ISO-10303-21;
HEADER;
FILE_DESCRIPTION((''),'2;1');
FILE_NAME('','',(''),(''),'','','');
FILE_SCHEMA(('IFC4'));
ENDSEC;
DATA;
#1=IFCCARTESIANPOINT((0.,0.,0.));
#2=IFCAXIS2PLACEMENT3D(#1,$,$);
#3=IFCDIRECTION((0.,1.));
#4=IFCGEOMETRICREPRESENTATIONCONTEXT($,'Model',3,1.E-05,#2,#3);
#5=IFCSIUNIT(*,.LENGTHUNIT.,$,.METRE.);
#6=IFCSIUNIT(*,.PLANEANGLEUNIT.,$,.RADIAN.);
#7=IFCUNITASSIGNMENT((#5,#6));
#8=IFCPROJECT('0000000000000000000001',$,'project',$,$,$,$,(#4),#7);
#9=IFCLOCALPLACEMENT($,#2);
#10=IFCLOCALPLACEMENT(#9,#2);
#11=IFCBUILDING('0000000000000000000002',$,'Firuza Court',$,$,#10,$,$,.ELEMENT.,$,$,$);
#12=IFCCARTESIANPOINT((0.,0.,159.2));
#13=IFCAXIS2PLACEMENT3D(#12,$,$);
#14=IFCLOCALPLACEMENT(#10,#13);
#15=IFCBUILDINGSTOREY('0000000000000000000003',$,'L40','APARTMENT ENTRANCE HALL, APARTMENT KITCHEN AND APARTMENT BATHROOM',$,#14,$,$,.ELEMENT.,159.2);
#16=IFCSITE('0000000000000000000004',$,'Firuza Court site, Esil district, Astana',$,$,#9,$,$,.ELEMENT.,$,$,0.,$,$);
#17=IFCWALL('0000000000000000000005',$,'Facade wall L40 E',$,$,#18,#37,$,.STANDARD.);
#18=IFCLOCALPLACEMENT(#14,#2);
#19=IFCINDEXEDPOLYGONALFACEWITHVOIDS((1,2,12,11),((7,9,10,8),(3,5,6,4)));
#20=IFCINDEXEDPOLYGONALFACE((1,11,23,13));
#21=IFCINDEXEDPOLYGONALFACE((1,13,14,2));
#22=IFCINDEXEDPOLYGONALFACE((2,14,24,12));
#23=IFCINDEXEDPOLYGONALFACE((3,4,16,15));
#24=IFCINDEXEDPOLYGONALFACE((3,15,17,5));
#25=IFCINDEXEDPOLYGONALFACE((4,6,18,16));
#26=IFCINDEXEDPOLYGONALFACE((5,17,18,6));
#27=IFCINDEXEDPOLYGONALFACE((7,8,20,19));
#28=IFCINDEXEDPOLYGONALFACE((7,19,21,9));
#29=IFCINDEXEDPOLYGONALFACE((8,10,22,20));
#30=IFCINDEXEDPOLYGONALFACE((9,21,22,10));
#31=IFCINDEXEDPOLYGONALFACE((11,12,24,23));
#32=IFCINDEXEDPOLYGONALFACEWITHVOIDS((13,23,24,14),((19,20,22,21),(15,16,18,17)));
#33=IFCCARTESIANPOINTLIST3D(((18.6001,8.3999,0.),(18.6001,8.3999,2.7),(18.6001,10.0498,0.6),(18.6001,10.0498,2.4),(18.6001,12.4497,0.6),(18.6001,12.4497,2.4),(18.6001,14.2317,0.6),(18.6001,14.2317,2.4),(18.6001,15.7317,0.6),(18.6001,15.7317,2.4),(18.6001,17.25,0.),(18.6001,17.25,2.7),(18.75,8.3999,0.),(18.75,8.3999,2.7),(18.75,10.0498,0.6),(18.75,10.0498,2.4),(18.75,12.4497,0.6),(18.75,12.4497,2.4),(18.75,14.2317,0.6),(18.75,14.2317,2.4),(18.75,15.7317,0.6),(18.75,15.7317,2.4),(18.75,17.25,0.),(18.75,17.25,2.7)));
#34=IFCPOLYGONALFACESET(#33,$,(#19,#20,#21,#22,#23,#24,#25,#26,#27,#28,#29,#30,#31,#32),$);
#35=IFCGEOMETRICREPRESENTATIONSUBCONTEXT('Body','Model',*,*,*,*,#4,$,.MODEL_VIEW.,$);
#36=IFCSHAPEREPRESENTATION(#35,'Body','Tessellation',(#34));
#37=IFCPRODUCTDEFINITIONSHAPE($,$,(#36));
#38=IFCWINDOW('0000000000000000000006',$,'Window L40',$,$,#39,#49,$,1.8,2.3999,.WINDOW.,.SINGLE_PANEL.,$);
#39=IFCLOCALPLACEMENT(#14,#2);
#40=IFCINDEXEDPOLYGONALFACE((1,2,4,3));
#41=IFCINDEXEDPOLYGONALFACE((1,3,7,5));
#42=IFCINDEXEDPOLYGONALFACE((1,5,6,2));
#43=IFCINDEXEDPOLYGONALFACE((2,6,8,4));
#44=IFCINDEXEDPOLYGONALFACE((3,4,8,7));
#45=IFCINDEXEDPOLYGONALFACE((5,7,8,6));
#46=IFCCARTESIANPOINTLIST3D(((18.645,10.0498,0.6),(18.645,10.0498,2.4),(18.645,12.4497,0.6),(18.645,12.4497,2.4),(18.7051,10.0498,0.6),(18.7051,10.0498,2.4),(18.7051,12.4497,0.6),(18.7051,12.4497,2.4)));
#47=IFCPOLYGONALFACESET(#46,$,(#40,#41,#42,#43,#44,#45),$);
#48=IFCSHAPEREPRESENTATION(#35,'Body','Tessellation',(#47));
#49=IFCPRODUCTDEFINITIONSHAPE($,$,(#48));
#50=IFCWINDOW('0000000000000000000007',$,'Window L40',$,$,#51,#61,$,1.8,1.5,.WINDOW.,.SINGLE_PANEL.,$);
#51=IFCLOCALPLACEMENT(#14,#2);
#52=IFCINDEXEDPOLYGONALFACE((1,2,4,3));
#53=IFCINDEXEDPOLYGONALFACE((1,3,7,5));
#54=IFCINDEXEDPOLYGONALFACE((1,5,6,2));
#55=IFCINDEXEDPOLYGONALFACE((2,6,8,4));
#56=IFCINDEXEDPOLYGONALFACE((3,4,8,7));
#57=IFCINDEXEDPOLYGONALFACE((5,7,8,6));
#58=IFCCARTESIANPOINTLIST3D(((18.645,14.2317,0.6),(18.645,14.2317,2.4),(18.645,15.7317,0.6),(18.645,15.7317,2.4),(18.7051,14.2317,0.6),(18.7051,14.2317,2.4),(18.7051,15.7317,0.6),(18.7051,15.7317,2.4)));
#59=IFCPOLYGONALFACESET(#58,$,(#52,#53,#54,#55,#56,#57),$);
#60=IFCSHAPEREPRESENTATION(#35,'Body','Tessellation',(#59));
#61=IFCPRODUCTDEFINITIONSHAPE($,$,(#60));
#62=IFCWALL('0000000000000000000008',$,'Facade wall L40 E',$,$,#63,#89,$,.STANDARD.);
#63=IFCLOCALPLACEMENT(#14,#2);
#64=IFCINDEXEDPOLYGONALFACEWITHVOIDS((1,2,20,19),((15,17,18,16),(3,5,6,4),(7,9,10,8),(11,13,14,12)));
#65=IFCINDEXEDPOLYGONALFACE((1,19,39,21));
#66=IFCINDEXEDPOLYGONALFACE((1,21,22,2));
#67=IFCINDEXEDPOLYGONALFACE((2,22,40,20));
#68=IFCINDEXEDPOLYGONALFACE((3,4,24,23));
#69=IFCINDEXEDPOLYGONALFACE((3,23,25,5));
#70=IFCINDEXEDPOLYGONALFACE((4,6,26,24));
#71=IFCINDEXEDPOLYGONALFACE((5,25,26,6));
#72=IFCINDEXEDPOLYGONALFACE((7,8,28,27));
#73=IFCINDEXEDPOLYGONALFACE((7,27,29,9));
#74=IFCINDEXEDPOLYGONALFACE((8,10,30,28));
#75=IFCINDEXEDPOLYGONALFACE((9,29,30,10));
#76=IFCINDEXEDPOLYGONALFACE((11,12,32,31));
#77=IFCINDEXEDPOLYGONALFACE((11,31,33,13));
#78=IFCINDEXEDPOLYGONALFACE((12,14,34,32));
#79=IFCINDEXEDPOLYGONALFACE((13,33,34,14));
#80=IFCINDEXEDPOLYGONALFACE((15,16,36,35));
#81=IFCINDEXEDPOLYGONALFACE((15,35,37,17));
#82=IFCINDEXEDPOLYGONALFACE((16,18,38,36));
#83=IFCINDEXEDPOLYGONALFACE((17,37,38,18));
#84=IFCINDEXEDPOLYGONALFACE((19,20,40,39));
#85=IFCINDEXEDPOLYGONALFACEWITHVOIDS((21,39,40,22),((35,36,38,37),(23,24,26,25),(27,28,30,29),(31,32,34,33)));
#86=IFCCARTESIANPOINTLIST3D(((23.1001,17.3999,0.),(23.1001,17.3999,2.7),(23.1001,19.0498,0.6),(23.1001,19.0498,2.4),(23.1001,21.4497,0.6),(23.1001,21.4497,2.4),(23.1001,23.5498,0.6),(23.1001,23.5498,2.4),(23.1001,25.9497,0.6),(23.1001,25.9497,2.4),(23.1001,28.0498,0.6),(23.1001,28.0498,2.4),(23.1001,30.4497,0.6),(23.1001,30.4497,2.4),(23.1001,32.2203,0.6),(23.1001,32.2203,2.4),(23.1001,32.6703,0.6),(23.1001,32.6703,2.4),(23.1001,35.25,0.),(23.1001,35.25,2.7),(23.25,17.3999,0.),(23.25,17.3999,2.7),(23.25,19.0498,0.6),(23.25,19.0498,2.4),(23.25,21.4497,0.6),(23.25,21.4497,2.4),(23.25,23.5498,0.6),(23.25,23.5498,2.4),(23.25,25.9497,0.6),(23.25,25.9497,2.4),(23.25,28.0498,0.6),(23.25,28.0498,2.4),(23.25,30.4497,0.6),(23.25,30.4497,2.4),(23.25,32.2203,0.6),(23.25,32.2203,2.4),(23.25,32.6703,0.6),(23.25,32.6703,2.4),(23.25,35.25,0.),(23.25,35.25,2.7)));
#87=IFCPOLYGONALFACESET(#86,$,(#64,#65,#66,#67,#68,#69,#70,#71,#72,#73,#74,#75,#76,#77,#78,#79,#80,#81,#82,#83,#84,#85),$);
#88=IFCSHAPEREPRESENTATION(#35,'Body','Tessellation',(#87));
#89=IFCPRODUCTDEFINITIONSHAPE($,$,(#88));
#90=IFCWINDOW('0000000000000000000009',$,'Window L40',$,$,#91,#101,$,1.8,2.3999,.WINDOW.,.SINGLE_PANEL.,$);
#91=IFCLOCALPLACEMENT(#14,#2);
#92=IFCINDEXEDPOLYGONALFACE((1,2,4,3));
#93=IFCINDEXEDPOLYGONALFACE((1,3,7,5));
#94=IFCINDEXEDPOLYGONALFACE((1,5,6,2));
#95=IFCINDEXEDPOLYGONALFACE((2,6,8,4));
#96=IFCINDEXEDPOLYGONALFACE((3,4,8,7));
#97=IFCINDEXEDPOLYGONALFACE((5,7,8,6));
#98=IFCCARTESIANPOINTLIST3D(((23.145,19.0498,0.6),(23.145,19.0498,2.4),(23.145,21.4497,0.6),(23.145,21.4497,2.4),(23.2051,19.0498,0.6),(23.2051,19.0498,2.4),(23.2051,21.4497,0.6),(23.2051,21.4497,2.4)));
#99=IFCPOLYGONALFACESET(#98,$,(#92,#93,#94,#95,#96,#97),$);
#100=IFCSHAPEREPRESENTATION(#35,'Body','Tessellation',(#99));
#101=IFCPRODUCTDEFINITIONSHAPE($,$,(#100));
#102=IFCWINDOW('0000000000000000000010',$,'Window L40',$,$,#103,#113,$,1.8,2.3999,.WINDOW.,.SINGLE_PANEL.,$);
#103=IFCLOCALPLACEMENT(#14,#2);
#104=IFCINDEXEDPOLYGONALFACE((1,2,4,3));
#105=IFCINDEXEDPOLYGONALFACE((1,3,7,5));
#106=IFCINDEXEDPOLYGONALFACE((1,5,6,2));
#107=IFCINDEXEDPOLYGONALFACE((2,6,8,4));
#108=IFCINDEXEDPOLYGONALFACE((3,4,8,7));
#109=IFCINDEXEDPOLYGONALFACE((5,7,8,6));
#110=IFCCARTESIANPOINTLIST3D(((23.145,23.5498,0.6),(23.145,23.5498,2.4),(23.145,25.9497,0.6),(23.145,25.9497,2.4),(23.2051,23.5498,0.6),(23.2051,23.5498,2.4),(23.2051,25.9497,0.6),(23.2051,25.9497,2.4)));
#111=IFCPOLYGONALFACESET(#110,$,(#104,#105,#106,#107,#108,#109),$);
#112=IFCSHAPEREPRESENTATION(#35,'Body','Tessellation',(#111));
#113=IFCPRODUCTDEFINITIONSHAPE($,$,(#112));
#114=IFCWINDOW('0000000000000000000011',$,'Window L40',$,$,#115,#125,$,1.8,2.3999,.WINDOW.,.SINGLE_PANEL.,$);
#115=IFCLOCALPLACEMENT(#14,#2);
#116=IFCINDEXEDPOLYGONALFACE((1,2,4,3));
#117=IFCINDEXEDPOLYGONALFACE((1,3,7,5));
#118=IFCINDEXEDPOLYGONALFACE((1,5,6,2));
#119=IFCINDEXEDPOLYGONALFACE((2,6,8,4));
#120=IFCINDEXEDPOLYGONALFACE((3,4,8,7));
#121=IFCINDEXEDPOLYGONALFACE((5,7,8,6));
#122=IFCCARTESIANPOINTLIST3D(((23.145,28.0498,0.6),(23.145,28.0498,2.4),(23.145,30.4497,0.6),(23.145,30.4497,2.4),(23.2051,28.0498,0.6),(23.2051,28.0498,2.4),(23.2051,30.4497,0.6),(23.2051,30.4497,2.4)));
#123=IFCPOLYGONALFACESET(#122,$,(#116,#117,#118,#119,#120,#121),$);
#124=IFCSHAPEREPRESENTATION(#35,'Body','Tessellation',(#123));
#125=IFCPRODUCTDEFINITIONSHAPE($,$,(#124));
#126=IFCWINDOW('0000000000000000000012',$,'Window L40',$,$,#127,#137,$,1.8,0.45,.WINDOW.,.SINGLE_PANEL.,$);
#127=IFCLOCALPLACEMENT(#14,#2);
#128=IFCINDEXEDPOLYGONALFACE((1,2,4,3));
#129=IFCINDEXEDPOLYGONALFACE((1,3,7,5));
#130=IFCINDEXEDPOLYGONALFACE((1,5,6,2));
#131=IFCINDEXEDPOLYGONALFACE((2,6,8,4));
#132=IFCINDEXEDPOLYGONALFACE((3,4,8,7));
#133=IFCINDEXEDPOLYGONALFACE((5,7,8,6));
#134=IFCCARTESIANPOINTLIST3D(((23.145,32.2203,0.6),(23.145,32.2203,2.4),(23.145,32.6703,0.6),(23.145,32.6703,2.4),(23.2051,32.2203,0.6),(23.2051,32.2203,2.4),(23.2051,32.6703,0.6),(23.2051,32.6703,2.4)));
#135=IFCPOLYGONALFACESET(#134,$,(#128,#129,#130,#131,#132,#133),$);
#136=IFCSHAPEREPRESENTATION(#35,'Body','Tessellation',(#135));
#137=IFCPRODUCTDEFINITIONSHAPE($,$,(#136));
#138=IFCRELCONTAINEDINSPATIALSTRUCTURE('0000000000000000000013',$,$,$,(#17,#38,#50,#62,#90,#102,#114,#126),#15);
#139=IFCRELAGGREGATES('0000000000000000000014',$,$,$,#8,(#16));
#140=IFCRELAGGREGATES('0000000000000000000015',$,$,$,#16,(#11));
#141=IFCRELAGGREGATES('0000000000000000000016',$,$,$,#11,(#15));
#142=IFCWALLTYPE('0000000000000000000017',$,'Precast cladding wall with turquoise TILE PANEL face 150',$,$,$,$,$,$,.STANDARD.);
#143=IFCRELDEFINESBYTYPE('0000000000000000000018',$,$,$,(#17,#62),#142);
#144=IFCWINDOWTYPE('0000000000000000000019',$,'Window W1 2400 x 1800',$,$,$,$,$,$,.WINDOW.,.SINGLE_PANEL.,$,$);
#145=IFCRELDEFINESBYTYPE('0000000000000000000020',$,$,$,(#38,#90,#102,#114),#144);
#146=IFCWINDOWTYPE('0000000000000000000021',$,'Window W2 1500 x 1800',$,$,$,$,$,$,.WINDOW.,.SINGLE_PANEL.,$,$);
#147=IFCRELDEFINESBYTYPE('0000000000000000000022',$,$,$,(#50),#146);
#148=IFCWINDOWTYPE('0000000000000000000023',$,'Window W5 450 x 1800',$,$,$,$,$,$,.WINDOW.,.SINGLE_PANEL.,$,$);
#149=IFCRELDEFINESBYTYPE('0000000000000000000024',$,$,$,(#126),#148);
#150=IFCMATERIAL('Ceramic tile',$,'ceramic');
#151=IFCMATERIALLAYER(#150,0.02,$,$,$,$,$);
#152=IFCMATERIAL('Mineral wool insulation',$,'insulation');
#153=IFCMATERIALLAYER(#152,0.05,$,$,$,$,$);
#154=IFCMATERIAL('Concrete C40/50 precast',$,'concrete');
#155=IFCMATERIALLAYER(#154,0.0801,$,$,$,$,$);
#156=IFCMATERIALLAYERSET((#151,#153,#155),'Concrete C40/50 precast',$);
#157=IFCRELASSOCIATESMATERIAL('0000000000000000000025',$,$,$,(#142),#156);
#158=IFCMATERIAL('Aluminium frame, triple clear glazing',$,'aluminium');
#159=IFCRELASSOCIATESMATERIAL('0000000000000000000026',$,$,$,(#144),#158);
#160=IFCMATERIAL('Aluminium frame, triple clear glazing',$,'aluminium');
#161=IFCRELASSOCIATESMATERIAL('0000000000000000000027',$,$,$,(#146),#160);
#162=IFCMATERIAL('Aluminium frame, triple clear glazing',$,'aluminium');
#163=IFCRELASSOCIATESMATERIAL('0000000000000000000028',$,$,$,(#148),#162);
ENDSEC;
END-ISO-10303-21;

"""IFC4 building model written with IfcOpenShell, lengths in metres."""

from ifc_helpers import new_model, si_unit, direction, frame, frame_2d, origin, place, context, subcontext, project, spatial, rectangle, extrude, material, layer, layer_set, type_object, element, fill, save


model = new_model("IFC4")

# Units and contexts
model_context = context("Model", 3, precision=1e-05, world=origin(), true_north=direction((0.0, 1.0)))
body_context = subcontext(model_context, "Body", "Model", "MODEL_VIEW")
ifc_project = project(units=[si_unit("LENGTHUNIT", "METRE"), si_unit("PLANEANGLEUNIT", "RADIAN")], contexts=[model_context])

# Site, building, storey
site_placement = place(None, origin())
site = spatial("IfcSite", under=ifc_project, at=site_placement, Name="Firuza Court site, Esil district, Astana", CompositionType="ELEMENT", RefElevation=0.0)
building_placement = place(site_placement, origin())
building = spatial("IfcBuilding", under=site, at=building_placement, Name="Firuza Court", CompositionType="ELEMENT")
storey_placement = place(building_placement, frame((0.0, 0.0, 159.2)))
storey = spatial("IfcBuildingStorey", under=building, at=storey_placement, Name="L40", Description="APARTMENT ENTRANCE HALL, APARTMENT KITCHEN AND APARTMENT BATHROOM", CompositionType="ELEMENT", Elevation=159.2)

# Walls, openings, windows
ifc_material_1 = material(Name="Ceramic tile", Category="ceramic")
ifc_layer_1 = layer(ifc_material_1, 0.02)
ifc_material_2 = material(Name="Mineral wool insulation", Category="insulation")
ifc_layer_2 = layer(ifc_material_2, 0.05)
ifc_material_3 = material(Name="Concrete C40/50 precast", Category="concrete")
ifc_layer_3 = layer(ifc_material_3, 0.0801)
ifc_layer_set_1 = layer_set([ifc_layer_1, ifc_layer_2, ifc_layer_3], Name="Concrete C40/50 precast")
wall_type_1 = type_object("IfcWallType", Name="Precast cladding wall with turquoise TILE PANEL face 150", PredefinedType="STANDARD", material=ifc_layer_set_1)
wall_1_placement = place(storey_placement, frame((18.675, 8.3999, 0.0), z_axis=(0.0, 0.0, 1.0), x_axis=(0.0, 1.0, 0.0)))
wall_1 = element("IfcWall", 1, at=wall_1_placement, inside=storey, type_object=wall_type_1, Name="Facade wall L40 E", PredefinedType="STANDARD", context=body_context, shape_type="SweptSolid", body=[
    extrude(rectangle(XDim=8.8501, YDim=0.1499, at=frame_2d((4.425, 0.0))), origin(), (0.0, 0.0, 1.0), 2.7),
])
opening_1_placement = place(wall_1_placement, frame((1.6499, 0.0, 0.6001)))
opening_1 = element("IfcOpeningElement", 2, at=opening_1_placement, cuts=wall_1, PredefinedType="OPENING", context=body_context, shape_type="SweptSolid", body=[
    extrude(rectangle(XDim=2.3999, YDim=1.8, at=frame_2d((1.2, 0.8999))), frame((0.0, 0.0869, 0.0), z_axis=(0.0, -1.0, 0.0), x_axis=(1.0, 0.0, 0.0)), (0.0, 0.0, 1.0), 0.1738),
])
opening_2_placement = place(wall_1_placement, frame((5.8318, 0.0, 0.6001)))
opening_2 = element("IfcOpeningElement", 3, at=opening_2_placement, cuts=wall_1, PredefinedType="OPENING", context=body_context, shape_type="SweptSolid", body=[
    extrude(rectangle(XDim=1.5, YDim=1.8, at=frame_2d((0.75, 0.8999))), frame((0.0, 0.0869, 0.0), z_axis=(0.0, -1.0, 0.0), x_axis=(1.0, 0.0, 0.0)), (0.0, 0.0, 1.0), 0.1738),
])
ifc_material_4 = material(Name="Aluminium frame, triple clear glazing", Category="aluminium")
window_type_1 = type_object("IfcWindowType", Name="Window W1 2400 x 1800", PartitioningType="SINGLE_PANEL", PredefinedType="WINDOW", material=ifc_material_4)
window_1_placement = place(opening_1_placement, origin())
window_1 = element("IfcWindow", 4, at=window_1_placement, inside=storey, type_object=window_type_1, Name="Window L40", OverallHeight=1.8, OverallWidth=2.3999, PartitioningType="SINGLE_PANEL", PredefinedType="WINDOW", context=body_context, shape_type="SweptSolid", body=[
    extrude(rectangle(XDim=2.3999, YDim=1.8, at=frame_2d((1.2, 0.8999))), frame((0.0, 0.03, 0.0), z_axis=(0.0, -1.0, 0.0), x_axis=(1.0, 0.0, 0.0)), (0.0, 0.0, 1.0), 0.0601),
])
fill(opening_1, window_1)
ifc_material_5 = material(Name="Aluminium frame, triple clear glazing", Category="aluminium")
window_type_2 = type_object("IfcWindowType", Name="Window W2 1500 x 1800", PartitioningType="SINGLE_PANEL", PredefinedType="WINDOW", material=ifc_material_5)
window_2_placement = place(opening_2_placement, origin())
window_2 = element("IfcWindow", 5, at=window_2_placement, inside=storey, type_object=window_type_2, Name="Window L40", OverallHeight=1.8, OverallWidth=1.5, PartitioningType="SINGLE_PANEL", PredefinedType="WINDOW", context=body_context, shape_type="SweptSolid", body=[
    extrude(rectangle(XDim=1.5, YDim=1.8, at=frame_2d((0.75, 0.8999))), frame((0.0, 0.03, 0.0), z_axis=(0.0, -1.0, 0.0), x_axis=(1.0, 0.0, 0.0)), (0.0, 0.0, 1.0), 0.0601),
])
fill(opening_2, window_2)
wall_2_placement = place(storey_placement, frame((23.175, 17.3999, 0.0), z_axis=(0.0, 0.0, 1.0), x_axis=(0.0, 1.0, 0.0)))
wall_2 = element("IfcWall", 6, at=wall_2_placement, inside=storey, type_object=wall_type_1, Name="Facade wall L40 E", PredefinedType="STANDARD", context=body_context, shape_type="SweptSolid", body=[
    extrude(rectangle(XDim=17.8501, YDim=0.1499, at=frame_2d((8.925, 0.0))), origin(), (0.0, 0.0, 1.0), 2.7),
])
opening_3_placement = place(wall_2_placement, frame((1.6499, 0.0, 0.6001)))
opening_3 = element("IfcOpeningElement", 7, at=opening_3_placement, cuts=wall_2, PredefinedType="OPENING", context=body_context, shape_type="SweptSolid", body=[
    extrude(rectangle(XDim=2.3999, YDim=1.8, at=frame_2d((1.2, 0.8999))), frame((0.0, 0.0869, 0.0), z_axis=(0.0, -1.0, 0.0), x_axis=(1.0, 0.0, 0.0)), (0.0, 0.0, 1.0), 0.1738),
])
opening_4_placement = place(wall_2_placement, frame((6.1499, 0.0, 0.6001)))
opening_4 = element("IfcOpeningElement", 8, at=opening_4_placement, cuts=wall_2, PredefinedType="OPENING", context=body_context, shape_type="SweptSolid", body=[
    extrude(rectangle(XDim=2.3999, YDim=1.8, at=frame_2d((1.2, 0.8999))), frame((0.0, 0.0869, 0.0), z_axis=(0.0, -1.0, 0.0), x_axis=(1.0, 0.0, 0.0)), (0.0, 0.0, 1.0), 0.1738),
])
opening_5_placement = place(wall_2_placement, frame((10.6499, 0.0, 0.6001)))
opening_5 = element("IfcOpeningElement", 9, at=opening_5_placement, cuts=wall_2, PredefinedType="OPENING", context=body_context, shape_type="SweptSolid", body=[
    extrude(rectangle(XDim=2.3999, YDim=1.8, at=frame_2d((1.2, 0.8999))), frame((0.0, 0.0869, 0.0), z_axis=(0.0, -1.0, 0.0), x_axis=(1.0, 0.0, 0.0)), (0.0, 0.0, 1.0), 0.1738),
])
opening_6_placement = place(wall_2_placement, frame((14.8203, 0.0, 0.6001)))
opening_6 = element("IfcOpeningElement", 10, at=opening_6_placement, cuts=wall_2, PredefinedType="OPENING", context=body_context, shape_type="SweptSolid", body=[
    extrude(rectangle(XDim=0.45, YDim=1.8, at=frame_2d((0.2251, 0.8999))), frame((0.0, 0.0869, 0.0), z_axis=(0.0, -1.0, 0.0), x_axis=(1.0, 0.0, 0.0)), (0.0, 0.0, 1.0), 0.1738),
])
window_3_placement = place(opening_3_placement, origin())
window_3 = element("IfcWindow", 11, at=window_3_placement, inside=storey, type_object=window_type_1, Name="Window L40", OverallHeight=1.8, OverallWidth=2.3999, PartitioningType="SINGLE_PANEL", PredefinedType="WINDOW", context=body_context, shape_type="SweptSolid", body=[
    extrude(rectangle(XDim=2.3999, YDim=1.8, at=frame_2d((1.2, 0.8999))), frame((0.0, 0.03, 0.0), z_axis=(0.0, -1.0, 0.0), x_axis=(1.0, 0.0, 0.0)), (0.0, 0.0, 1.0), 0.0601),
])
fill(opening_3, window_3)
window_4_placement = place(opening_4_placement, origin())
window_4 = element("IfcWindow", 12, at=window_4_placement, inside=storey, type_object=window_type_1, Name="Window L40", OverallHeight=1.8, OverallWidth=2.3999, PartitioningType="SINGLE_PANEL", PredefinedType="WINDOW", context=body_context, shape_type="SweptSolid", body=[
    extrude(rectangle(XDim=2.3999, YDim=1.8, at=frame_2d((1.2, 0.8999))), frame((0.0, 0.03, 0.0), z_axis=(0.0, -1.0, 0.0), x_axis=(1.0, 0.0, 0.0)), (0.0, 0.0, 1.0), 0.0601),
])
fill(opening_4, window_4)
window_5_placement = place(opening_5_placement, origin())
window_5 = element("IfcWindow", 13, at=window_5_placement, inside=storey, type_object=window_type_1, Name="Window L40", OverallHeight=1.8, OverallWidth=2.3999, PartitioningType="SINGLE_PANEL", PredefinedType="WINDOW", context=body_context, shape_type="SweptSolid", body=[
    extrude(rectangle(XDim=2.3999, YDim=1.8, at=frame_2d((1.2, 0.8999))), frame((0.0, 0.03, 0.0), z_axis=(0.0, -1.0, 0.0), x_axis=(1.0, 0.0, 0.0)), (0.0, 0.0, 1.0), 0.0601),
])
fill(opening_5, window_5)
ifc_material_6 = material(Name="Aluminium frame, triple clear glazing", Category="aluminium")
window_type_3 = type_object("IfcWindowType", Name="Window W5 450 x 1800", PartitioningType="SINGLE_PANEL", PredefinedType="WINDOW", material=ifc_material_6)
window_6_placement = place(opening_6_placement, origin())
window_6 = element("IfcWindow", 14, at=window_6_placement, inside=storey, type_object=window_type_3, Name="Window L40", OverallHeight=1.8, OverallWidth=0.45, PartitioningType="SINGLE_PANEL", PredefinedType="WINDOW", context=body_context, shape_type="SweptSolid", body=[
    extrude(rectangle(XDim=0.45, YDim=1.8, at=frame_2d((0.2251, 0.8999))), frame((0.0, 0.03, 0.0), z_axis=(0.0, -1.0, 0.0), x_axis=(1.0, 0.0, 0.0)), (0.0, 0.0, 1.0), 0.0601),
])
fill(opening_6, window_6)

save(model, "model.ifc")
